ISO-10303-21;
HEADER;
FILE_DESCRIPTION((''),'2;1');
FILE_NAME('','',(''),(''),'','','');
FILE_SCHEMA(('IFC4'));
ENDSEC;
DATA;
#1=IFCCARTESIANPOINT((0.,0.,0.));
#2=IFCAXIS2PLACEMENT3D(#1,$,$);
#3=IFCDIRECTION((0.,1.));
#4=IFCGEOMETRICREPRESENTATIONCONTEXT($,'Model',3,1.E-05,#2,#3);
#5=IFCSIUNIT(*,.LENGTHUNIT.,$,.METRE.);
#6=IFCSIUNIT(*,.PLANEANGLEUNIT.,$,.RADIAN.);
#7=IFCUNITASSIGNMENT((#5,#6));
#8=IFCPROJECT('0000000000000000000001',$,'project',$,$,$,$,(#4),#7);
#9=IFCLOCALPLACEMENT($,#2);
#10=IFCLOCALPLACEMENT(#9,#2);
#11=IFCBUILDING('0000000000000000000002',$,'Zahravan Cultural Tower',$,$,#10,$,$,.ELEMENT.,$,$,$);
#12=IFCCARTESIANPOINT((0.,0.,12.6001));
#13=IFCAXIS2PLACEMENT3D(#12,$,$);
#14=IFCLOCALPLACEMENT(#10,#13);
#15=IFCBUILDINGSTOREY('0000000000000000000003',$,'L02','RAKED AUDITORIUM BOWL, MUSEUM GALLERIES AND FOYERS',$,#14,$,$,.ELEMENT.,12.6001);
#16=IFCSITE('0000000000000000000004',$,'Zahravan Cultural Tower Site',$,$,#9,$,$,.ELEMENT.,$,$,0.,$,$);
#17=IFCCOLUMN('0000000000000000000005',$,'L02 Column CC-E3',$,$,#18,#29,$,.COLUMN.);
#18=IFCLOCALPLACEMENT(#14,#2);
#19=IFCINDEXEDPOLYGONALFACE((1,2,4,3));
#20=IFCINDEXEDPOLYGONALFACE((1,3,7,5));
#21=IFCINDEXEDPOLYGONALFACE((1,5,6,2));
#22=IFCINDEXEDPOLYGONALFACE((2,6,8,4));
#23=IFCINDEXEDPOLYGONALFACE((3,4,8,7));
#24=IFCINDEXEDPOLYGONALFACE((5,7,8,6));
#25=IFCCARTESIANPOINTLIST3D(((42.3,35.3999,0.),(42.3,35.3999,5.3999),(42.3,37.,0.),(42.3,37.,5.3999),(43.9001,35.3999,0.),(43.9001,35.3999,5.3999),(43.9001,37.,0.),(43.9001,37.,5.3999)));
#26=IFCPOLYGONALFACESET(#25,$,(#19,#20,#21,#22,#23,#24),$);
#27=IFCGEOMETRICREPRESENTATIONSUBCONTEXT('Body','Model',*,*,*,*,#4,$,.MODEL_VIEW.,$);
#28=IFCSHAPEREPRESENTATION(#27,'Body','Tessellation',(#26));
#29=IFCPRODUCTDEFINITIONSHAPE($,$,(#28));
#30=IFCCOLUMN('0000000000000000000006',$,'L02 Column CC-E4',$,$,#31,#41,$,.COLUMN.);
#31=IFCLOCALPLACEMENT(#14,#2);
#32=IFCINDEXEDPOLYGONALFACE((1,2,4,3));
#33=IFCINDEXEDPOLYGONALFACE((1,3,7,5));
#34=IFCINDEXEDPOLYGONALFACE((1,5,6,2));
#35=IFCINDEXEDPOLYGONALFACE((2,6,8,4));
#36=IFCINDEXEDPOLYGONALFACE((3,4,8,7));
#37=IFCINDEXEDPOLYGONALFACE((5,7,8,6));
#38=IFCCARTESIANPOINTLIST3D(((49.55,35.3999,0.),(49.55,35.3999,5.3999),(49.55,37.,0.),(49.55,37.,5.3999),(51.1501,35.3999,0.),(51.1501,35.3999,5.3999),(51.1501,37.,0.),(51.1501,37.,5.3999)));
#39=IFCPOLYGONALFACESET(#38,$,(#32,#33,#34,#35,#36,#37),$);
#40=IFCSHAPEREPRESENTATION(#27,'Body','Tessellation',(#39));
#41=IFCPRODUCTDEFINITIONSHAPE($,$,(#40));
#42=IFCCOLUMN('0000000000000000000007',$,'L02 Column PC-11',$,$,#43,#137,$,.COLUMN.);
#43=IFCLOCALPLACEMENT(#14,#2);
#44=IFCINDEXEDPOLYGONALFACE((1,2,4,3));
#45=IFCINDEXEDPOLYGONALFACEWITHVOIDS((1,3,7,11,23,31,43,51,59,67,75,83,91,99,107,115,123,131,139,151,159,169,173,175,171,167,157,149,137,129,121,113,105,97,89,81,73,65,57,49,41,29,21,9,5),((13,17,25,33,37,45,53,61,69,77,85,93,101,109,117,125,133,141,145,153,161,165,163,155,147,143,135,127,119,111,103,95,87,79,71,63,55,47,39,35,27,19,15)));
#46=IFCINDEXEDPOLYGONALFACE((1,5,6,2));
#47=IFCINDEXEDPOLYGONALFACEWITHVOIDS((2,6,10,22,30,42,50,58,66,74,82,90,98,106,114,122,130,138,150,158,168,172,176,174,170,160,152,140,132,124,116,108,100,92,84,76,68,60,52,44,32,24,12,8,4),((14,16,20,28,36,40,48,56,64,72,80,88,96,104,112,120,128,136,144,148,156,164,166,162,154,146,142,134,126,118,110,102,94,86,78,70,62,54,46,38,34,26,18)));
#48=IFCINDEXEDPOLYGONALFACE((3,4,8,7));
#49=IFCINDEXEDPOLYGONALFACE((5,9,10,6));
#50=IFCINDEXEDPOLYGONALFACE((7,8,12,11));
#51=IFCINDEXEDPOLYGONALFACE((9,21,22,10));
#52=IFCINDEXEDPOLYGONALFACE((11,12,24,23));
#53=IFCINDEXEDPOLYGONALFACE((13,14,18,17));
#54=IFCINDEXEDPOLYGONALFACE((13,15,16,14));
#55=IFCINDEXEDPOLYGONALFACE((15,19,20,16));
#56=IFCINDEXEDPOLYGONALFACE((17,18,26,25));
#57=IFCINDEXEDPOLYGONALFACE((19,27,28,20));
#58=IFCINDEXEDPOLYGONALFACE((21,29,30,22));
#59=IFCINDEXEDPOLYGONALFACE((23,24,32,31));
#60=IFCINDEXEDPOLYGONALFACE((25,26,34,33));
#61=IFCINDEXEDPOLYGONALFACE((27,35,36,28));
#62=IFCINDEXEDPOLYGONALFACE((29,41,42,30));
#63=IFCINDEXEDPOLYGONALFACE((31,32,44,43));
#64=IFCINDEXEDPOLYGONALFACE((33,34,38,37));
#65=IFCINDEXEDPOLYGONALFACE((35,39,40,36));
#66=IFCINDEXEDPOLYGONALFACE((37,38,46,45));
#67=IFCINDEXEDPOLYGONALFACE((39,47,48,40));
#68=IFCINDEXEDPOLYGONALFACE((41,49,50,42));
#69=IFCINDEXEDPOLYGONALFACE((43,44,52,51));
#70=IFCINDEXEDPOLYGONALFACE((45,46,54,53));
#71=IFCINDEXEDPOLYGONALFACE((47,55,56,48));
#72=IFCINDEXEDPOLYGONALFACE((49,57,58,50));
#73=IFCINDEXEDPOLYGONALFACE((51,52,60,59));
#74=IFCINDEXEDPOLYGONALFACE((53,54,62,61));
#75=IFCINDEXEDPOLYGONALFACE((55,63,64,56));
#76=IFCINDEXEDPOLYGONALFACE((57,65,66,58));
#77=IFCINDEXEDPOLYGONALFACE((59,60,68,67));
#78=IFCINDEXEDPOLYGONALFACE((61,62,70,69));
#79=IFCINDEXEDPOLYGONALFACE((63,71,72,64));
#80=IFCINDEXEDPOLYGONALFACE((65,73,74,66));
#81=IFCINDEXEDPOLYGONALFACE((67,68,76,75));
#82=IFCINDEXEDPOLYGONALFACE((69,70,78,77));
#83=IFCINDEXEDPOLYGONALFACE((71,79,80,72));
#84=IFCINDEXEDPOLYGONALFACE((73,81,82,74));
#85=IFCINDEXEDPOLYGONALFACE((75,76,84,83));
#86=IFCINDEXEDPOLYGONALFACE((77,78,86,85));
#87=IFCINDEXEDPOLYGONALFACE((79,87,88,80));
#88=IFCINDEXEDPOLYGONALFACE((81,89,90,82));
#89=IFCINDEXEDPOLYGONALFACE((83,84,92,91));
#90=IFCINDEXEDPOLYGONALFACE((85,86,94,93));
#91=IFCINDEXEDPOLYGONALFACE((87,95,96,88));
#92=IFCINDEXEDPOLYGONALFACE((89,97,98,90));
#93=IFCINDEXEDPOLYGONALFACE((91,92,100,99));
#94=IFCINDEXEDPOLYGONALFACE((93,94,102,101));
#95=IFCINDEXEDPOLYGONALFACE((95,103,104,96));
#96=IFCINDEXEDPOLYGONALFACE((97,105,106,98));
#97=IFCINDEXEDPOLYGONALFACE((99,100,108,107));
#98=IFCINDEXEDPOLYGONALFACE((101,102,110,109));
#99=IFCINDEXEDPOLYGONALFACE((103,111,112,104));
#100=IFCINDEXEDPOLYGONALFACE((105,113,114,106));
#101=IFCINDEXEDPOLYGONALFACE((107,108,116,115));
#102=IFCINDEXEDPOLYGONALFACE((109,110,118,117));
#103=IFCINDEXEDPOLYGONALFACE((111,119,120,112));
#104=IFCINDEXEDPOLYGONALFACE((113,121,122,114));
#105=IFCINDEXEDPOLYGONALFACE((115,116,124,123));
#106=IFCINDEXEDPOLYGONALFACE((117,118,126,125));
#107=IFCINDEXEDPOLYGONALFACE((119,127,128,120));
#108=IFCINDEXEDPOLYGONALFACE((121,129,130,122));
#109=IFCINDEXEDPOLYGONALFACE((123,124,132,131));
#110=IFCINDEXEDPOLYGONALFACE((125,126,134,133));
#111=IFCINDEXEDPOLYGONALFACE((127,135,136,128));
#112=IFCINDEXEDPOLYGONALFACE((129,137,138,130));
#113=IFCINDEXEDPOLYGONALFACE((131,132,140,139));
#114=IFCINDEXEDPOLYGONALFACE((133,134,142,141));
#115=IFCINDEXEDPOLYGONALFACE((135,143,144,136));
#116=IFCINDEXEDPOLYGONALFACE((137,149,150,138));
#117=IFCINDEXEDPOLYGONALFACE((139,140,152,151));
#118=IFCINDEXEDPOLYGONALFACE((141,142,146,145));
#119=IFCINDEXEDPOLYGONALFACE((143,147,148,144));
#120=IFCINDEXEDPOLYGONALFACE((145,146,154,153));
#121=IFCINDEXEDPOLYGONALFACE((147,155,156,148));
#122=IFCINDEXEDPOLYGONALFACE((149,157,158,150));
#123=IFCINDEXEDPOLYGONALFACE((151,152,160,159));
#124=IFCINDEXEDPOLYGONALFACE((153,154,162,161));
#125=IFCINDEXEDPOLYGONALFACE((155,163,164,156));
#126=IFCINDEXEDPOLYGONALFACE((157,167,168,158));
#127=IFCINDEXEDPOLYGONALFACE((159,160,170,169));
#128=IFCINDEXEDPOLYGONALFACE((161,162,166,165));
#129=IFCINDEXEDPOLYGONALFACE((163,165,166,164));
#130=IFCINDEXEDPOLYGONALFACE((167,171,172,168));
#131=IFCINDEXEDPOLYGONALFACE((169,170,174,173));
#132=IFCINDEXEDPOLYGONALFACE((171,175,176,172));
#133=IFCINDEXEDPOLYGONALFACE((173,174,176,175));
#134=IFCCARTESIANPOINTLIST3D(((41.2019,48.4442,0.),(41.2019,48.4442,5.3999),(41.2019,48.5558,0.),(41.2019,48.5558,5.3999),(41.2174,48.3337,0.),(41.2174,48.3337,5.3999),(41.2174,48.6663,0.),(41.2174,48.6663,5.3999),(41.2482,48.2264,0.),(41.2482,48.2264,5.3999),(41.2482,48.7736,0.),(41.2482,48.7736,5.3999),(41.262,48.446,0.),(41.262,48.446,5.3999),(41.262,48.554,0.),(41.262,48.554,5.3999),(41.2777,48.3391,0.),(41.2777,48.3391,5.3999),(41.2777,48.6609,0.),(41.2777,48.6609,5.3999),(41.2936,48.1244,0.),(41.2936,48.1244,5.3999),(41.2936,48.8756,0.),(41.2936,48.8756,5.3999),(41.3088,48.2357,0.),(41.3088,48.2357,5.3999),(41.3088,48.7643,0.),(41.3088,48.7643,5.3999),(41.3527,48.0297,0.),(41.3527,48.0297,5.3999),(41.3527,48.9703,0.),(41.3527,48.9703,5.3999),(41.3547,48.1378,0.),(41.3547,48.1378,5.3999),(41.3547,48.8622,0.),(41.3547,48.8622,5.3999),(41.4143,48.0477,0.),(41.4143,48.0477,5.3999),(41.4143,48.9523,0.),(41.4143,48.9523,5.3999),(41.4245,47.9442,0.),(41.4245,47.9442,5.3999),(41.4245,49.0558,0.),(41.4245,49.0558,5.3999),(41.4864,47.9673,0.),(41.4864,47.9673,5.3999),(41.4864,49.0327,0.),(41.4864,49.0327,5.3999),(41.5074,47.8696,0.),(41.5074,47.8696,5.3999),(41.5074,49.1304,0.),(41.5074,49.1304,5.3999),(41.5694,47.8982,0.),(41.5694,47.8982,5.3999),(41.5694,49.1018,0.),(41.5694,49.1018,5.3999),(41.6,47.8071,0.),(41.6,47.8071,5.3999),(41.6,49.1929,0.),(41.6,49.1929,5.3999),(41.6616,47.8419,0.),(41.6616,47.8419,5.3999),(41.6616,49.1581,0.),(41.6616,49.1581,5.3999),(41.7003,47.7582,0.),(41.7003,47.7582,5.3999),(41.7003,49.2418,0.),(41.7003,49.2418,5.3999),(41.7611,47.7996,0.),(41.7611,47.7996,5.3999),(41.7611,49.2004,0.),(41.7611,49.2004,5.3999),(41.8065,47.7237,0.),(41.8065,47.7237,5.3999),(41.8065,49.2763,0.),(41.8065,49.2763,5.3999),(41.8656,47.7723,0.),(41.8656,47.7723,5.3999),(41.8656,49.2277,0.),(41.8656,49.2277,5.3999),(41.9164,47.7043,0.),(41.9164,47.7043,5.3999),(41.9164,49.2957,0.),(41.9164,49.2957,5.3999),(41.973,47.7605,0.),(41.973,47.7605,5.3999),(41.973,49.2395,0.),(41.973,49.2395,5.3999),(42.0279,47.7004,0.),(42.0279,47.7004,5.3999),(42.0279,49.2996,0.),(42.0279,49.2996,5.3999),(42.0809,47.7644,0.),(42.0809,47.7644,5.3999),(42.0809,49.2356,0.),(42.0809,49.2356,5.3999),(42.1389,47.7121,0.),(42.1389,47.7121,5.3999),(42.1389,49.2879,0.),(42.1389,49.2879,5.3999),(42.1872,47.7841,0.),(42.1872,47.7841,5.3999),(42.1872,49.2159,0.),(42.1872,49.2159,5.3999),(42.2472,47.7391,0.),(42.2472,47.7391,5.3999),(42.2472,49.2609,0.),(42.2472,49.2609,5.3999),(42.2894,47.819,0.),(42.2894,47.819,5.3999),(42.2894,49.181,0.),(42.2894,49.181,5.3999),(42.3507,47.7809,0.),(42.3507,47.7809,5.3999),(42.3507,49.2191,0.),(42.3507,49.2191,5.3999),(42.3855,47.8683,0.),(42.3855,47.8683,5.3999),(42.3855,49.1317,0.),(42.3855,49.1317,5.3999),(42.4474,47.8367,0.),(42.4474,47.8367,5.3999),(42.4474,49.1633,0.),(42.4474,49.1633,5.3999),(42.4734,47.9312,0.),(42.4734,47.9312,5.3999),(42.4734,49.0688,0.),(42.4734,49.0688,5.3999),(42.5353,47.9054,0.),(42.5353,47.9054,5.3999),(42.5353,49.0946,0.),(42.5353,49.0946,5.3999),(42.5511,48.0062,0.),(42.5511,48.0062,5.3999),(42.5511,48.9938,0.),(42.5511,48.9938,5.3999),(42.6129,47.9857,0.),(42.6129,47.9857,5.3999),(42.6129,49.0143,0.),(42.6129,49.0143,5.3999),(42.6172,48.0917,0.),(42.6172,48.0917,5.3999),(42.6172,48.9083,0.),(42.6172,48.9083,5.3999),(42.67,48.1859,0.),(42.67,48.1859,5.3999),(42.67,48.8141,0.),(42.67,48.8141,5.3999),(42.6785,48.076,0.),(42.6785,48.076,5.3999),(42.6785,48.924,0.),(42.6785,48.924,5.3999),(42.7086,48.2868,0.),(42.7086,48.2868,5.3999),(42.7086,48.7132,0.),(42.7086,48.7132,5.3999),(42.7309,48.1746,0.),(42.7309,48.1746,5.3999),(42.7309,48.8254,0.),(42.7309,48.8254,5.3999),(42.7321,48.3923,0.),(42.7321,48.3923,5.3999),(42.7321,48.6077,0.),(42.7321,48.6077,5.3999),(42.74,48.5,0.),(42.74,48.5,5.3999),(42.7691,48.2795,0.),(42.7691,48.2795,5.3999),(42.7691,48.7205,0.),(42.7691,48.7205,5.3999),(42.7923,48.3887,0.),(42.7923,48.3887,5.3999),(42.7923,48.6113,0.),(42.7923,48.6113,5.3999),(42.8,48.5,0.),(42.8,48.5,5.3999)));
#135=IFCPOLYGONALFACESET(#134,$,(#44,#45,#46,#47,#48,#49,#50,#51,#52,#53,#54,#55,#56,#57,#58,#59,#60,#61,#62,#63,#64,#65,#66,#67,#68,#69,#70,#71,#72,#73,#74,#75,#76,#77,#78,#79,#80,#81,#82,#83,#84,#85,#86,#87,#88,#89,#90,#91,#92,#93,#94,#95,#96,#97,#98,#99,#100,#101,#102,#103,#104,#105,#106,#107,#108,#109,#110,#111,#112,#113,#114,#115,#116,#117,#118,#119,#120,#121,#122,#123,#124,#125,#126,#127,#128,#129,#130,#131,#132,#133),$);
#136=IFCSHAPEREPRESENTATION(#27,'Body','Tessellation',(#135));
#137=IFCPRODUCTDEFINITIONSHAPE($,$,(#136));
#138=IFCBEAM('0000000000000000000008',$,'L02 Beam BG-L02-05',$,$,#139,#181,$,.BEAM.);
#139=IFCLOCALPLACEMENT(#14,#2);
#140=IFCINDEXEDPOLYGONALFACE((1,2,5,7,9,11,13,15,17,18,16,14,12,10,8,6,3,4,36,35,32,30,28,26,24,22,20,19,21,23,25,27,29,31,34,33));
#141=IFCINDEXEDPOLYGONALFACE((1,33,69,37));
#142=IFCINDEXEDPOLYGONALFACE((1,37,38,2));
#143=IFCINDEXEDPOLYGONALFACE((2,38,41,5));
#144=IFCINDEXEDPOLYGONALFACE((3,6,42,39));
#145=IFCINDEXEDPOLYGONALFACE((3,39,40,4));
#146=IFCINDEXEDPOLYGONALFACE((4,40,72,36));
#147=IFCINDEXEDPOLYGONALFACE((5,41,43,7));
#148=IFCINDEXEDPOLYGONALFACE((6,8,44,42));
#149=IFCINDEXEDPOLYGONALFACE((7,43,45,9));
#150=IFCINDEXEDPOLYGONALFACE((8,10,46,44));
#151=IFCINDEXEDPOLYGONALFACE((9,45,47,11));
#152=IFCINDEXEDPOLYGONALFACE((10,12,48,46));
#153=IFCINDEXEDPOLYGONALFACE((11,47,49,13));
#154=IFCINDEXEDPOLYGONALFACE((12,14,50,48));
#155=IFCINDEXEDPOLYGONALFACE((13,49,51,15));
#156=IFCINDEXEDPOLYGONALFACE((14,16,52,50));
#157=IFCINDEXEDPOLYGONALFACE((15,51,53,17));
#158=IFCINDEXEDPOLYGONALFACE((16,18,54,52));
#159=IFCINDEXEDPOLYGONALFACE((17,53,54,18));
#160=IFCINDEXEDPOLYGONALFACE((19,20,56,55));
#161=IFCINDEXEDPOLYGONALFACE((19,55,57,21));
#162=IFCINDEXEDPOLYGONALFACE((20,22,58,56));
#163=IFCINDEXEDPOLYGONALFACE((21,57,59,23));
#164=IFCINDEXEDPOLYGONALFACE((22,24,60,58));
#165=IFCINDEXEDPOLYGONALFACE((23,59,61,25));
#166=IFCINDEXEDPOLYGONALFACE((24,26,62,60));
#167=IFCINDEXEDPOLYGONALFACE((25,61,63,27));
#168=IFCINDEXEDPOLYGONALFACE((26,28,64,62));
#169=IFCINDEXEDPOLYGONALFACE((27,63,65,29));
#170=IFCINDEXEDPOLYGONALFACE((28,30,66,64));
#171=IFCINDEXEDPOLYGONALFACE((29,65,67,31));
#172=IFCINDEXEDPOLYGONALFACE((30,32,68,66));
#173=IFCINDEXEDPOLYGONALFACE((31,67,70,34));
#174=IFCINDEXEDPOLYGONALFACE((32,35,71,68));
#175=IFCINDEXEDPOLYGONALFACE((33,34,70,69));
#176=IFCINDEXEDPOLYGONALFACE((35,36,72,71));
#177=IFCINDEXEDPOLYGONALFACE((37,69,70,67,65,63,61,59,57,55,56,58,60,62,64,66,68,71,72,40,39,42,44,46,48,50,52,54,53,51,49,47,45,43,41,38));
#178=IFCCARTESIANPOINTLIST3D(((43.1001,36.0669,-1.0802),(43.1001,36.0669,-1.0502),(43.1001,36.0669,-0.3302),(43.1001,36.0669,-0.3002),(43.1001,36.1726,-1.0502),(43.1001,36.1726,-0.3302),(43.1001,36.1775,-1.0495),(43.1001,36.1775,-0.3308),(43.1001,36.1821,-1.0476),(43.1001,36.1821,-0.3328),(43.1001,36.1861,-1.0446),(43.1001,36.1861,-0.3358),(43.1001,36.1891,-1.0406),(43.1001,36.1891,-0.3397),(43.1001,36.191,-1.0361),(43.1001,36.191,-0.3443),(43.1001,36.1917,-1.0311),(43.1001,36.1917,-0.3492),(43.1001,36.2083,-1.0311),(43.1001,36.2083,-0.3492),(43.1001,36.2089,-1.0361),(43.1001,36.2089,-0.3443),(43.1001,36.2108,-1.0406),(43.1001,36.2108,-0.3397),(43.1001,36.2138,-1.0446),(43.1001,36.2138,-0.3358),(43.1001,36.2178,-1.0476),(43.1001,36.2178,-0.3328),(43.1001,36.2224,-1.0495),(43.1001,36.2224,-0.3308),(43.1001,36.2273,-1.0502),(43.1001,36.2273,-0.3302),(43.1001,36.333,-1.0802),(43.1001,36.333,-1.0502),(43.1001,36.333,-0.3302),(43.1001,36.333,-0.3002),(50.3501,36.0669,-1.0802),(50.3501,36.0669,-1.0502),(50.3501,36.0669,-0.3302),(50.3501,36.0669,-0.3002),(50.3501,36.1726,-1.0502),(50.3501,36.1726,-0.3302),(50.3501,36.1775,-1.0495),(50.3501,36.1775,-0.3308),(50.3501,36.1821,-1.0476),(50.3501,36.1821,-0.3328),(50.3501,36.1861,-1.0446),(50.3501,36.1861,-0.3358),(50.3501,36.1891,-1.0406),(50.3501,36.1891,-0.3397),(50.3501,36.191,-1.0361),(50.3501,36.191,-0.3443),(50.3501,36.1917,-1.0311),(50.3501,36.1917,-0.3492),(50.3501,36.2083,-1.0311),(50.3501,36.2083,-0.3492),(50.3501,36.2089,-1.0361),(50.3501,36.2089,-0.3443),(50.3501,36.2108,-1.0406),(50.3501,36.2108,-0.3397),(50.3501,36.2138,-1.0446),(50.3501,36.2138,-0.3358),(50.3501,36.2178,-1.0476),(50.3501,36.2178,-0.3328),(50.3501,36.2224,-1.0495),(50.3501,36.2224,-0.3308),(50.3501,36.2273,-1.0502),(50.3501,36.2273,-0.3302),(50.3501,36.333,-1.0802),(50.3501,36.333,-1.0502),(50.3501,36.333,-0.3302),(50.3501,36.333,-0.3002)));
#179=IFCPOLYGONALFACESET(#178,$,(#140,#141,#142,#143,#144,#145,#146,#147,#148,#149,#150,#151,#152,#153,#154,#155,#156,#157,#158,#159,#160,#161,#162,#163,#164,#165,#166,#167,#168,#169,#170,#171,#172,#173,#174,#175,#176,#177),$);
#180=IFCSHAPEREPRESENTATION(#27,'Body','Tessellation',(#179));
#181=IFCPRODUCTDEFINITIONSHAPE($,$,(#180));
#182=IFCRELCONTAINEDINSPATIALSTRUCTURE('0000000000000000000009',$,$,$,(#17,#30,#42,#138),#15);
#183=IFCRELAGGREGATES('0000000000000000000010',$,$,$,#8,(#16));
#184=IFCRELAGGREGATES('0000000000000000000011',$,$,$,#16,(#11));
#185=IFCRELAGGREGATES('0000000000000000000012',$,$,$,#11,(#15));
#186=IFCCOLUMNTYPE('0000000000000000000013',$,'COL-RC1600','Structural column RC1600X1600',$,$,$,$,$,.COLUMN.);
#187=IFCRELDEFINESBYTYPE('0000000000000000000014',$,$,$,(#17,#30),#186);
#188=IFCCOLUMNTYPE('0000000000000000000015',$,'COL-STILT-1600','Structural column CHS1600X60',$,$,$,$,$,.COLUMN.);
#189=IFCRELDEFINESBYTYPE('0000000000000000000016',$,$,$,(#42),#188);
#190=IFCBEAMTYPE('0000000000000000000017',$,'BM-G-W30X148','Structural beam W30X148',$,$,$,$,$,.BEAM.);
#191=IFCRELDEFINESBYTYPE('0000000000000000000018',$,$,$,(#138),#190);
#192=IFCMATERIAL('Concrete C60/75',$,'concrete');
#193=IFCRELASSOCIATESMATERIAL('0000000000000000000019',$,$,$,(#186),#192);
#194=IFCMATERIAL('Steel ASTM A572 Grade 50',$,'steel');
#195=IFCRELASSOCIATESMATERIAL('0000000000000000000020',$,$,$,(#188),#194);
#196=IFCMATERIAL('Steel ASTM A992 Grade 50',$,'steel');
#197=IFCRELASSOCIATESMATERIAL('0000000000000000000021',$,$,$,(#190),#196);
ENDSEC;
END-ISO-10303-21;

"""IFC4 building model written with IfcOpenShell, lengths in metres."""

from ifc_helpers import new_model, si_unit, direction, frame, origin, origin_2d, place, context, subcontext, project, spatial, rectangle, hollow_circle, i_section, extrude, source, transform, mapped, material, material_profile, profile_set, type_object, element, save


model = new_model("IFC4")

# Units and contexts
model_context = context("Model", 3, precision=1e-05, world=origin(), true_north=direction((0.0, 1.0)))
body_context = subcontext(model_context, "Body", "Model", "MODEL_VIEW")
ifc_project = project(units=[si_unit("LENGTHUNIT", "METRE"), si_unit("PLANEANGLEUNIT", "RADIAN")], contexts=[model_context])

# Site, building, storey
site_placement = place(None, origin())
site = spatial("IfcSite", under=ifc_project, at=site_placement, Name="Zahravan Cultural Tower Site", CompositionType="ELEMENT", RefElevation=0.0)
building_placement = place(site_placement, origin())
building = spatial("IfcBuilding", under=site, at=building_placement, Name="Zahravan Cultural Tower", CompositionType="ELEMENT")
storey_placement = place(building_placement, frame((0.0, 0.0, 12.6001)))
storey = spatial("IfcBuildingStorey", under=building, at=storey_placement, Name="L02", Description="RAKED AUDITORIUM BOWL, MUSEUM GALLERIES AND FOYERS", CompositionType="ELEMENT", Elevation=12.6001)

# Columns
ifc_material_1 = material(Name="Concrete C60/75", Category="concrete")
ifc_material_profile_1 = material_profile(ifc_material_1, rectangle(XDim=1.6001, YDim=1.6001, at=origin_2d()), Name="RC1600X1600")
ifc_profile_set_1 = profile_set([ifc_material_profile_1], Name="Concrete C60/75")
column_type_1 = type_object("IfcColumnType", Name="COL-RC1600", Description="Structural column RC1600X1600", PredefinedType="COLUMN", material=ifc_profile_set_1)
shared_shape_1 = source(origin(), body_context, "Body", "SweptSolid", [
    extrude(rectangle(XDim=1.6001, YDim=1.6001, at=origin_2d()), origin(), (0.0, 0.0, 1.0), 5.3999),
])
for number, where, z_axis, x_axis, name in (
    (1, (43.1001, 36.2, 0.0), (0.0, 0.0, 1.0), (1.0, 0.0, 0.0), "L02 Column CC-E3"),
    (2, (50.3501, 36.2, 0.0), (0.0, 0.0, 1.0), (1.0, 0.0, 0.0), "L02 Column CC-E4"),
):
    element("IfcColumn", number, at=place(storey_placement, frame(where, z_axis=z_axis, x_axis=x_axis)), inside=storey, type_object=column_type_1, Name=name, PredefinedType="COLUMN", context=body_context, shape_type="MappedRepresentation", body=[
        mapped(shared_shape_1, transform((0.0, 0.0, 0.0), x_axis=(1.0, 0.0, 0.0), y_axis=(0.0, 1.0, 0.0), z_axis=(0.0, 0.0, 1.0), scale=1.0)),
    ])
ifc_material_2 = material(Name="Steel ASTM A572 Grade 50", Category="steel")
ifc_material_profile_2 = material_profile(ifc_material_2, hollow_circle(Radius=0.8, WallThickness=0.0601, at=origin_2d()), Name="CHS1600X60")
ifc_profile_set_2 = profile_set([ifc_material_profile_2], Name="Steel ASTM A572 Grade 50")
column_type_2 = type_object("IfcColumnType", Name="COL-STILT-1600", Description="Structural column CHS1600X60", PredefinedType="COLUMN", material=ifc_profile_set_2)
shared_shape_2 = source(origin(), body_context, "Body", "SweptSolid", [
    extrude(hollow_circle(Radius=0.8, WallThickness=0.0601, at=origin_2d()), origin(), (0.0, 0.0, 1.0), 5.3999),
])
column_placement = place(storey_placement, frame((42.0, 48.5, 0.0), z_axis=(0.0, 0.0, 1.0), x_axis=(1.0, 0.0, 0.0)))
element("IfcColumn", 3, at=column_placement, inside=storey, type_object=column_type_2, Name="L02 Column PC-11", PredefinedType="COLUMN", context=body_context, shape_type="MappedRepresentation", body=[
    mapped(shared_shape_2, transform((0.0, 0.0, 0.0), x_axis=(1.0, 0.0, 0.0), y_axis=(0.0, 1.0, 0.0), z_axis=(0.0, 0.0, 1.0), scale=1.0)),
])

# Beam
ifc_material_3 = material(Name="Steel ASTM A992 Grade 50", Category="steel")
ifc_material_profile_3 = material_profile(ifc_material_3, i_section(OverallWidth=0.2661, OverallDepth=0.78, WebThickness=0.0166, FlangeThickness=0.03, FilletRadius=0.019, at=origin_2d()), Name="W30X148")
ifc_profile_set_3 = profile_set([ifc_material_profile_3], Name="Steel ASTM A992 Grade 50")
beam_type_1 = type_object("IfcBeamType", Name="BM-G-W30X148", Description="Structural beam W30X148", PredefinedType="BEAM", material=ifc_profile_set_3)
shared_shape_3 = source(origin(), body_context, "Body", "SweptSolid", [
    extrude(i_section(OverallWidth=0.2661, OverallDepth=0.78, WebThickness=0.0166, FlangeThickness=0.03, FilletRadius=0.019, at=origin_2d()), origin(), (0.0, 0.0, 1.0), 7.25),
])
beam_1_placement = place(storey_placement, frame((43.1001, 36.2, -0.6902), z_axis=(1.0, 0.0, 0.0), x_axis=(0.0, 1.0, 0.0)))
element("IfcBeam", 4, at=beam_1_placement, inside=storey, type_object=beam_type_1, Name="L02 Beam BG-L02-05", PredefinedType="BEAM", context=body_context, shape_type="MappedRepresentation", body=[
    mapped(shared_shape_3, transform((0.0, 0.0, 0.0), x_axis=(1.0, 0.0, 0.0), y_axis=(0.0, 1.0, 0.0), z_axis=(0.0, 0.0, 1.0), scale=1.0)),
])

save(model, "model.ifc")
